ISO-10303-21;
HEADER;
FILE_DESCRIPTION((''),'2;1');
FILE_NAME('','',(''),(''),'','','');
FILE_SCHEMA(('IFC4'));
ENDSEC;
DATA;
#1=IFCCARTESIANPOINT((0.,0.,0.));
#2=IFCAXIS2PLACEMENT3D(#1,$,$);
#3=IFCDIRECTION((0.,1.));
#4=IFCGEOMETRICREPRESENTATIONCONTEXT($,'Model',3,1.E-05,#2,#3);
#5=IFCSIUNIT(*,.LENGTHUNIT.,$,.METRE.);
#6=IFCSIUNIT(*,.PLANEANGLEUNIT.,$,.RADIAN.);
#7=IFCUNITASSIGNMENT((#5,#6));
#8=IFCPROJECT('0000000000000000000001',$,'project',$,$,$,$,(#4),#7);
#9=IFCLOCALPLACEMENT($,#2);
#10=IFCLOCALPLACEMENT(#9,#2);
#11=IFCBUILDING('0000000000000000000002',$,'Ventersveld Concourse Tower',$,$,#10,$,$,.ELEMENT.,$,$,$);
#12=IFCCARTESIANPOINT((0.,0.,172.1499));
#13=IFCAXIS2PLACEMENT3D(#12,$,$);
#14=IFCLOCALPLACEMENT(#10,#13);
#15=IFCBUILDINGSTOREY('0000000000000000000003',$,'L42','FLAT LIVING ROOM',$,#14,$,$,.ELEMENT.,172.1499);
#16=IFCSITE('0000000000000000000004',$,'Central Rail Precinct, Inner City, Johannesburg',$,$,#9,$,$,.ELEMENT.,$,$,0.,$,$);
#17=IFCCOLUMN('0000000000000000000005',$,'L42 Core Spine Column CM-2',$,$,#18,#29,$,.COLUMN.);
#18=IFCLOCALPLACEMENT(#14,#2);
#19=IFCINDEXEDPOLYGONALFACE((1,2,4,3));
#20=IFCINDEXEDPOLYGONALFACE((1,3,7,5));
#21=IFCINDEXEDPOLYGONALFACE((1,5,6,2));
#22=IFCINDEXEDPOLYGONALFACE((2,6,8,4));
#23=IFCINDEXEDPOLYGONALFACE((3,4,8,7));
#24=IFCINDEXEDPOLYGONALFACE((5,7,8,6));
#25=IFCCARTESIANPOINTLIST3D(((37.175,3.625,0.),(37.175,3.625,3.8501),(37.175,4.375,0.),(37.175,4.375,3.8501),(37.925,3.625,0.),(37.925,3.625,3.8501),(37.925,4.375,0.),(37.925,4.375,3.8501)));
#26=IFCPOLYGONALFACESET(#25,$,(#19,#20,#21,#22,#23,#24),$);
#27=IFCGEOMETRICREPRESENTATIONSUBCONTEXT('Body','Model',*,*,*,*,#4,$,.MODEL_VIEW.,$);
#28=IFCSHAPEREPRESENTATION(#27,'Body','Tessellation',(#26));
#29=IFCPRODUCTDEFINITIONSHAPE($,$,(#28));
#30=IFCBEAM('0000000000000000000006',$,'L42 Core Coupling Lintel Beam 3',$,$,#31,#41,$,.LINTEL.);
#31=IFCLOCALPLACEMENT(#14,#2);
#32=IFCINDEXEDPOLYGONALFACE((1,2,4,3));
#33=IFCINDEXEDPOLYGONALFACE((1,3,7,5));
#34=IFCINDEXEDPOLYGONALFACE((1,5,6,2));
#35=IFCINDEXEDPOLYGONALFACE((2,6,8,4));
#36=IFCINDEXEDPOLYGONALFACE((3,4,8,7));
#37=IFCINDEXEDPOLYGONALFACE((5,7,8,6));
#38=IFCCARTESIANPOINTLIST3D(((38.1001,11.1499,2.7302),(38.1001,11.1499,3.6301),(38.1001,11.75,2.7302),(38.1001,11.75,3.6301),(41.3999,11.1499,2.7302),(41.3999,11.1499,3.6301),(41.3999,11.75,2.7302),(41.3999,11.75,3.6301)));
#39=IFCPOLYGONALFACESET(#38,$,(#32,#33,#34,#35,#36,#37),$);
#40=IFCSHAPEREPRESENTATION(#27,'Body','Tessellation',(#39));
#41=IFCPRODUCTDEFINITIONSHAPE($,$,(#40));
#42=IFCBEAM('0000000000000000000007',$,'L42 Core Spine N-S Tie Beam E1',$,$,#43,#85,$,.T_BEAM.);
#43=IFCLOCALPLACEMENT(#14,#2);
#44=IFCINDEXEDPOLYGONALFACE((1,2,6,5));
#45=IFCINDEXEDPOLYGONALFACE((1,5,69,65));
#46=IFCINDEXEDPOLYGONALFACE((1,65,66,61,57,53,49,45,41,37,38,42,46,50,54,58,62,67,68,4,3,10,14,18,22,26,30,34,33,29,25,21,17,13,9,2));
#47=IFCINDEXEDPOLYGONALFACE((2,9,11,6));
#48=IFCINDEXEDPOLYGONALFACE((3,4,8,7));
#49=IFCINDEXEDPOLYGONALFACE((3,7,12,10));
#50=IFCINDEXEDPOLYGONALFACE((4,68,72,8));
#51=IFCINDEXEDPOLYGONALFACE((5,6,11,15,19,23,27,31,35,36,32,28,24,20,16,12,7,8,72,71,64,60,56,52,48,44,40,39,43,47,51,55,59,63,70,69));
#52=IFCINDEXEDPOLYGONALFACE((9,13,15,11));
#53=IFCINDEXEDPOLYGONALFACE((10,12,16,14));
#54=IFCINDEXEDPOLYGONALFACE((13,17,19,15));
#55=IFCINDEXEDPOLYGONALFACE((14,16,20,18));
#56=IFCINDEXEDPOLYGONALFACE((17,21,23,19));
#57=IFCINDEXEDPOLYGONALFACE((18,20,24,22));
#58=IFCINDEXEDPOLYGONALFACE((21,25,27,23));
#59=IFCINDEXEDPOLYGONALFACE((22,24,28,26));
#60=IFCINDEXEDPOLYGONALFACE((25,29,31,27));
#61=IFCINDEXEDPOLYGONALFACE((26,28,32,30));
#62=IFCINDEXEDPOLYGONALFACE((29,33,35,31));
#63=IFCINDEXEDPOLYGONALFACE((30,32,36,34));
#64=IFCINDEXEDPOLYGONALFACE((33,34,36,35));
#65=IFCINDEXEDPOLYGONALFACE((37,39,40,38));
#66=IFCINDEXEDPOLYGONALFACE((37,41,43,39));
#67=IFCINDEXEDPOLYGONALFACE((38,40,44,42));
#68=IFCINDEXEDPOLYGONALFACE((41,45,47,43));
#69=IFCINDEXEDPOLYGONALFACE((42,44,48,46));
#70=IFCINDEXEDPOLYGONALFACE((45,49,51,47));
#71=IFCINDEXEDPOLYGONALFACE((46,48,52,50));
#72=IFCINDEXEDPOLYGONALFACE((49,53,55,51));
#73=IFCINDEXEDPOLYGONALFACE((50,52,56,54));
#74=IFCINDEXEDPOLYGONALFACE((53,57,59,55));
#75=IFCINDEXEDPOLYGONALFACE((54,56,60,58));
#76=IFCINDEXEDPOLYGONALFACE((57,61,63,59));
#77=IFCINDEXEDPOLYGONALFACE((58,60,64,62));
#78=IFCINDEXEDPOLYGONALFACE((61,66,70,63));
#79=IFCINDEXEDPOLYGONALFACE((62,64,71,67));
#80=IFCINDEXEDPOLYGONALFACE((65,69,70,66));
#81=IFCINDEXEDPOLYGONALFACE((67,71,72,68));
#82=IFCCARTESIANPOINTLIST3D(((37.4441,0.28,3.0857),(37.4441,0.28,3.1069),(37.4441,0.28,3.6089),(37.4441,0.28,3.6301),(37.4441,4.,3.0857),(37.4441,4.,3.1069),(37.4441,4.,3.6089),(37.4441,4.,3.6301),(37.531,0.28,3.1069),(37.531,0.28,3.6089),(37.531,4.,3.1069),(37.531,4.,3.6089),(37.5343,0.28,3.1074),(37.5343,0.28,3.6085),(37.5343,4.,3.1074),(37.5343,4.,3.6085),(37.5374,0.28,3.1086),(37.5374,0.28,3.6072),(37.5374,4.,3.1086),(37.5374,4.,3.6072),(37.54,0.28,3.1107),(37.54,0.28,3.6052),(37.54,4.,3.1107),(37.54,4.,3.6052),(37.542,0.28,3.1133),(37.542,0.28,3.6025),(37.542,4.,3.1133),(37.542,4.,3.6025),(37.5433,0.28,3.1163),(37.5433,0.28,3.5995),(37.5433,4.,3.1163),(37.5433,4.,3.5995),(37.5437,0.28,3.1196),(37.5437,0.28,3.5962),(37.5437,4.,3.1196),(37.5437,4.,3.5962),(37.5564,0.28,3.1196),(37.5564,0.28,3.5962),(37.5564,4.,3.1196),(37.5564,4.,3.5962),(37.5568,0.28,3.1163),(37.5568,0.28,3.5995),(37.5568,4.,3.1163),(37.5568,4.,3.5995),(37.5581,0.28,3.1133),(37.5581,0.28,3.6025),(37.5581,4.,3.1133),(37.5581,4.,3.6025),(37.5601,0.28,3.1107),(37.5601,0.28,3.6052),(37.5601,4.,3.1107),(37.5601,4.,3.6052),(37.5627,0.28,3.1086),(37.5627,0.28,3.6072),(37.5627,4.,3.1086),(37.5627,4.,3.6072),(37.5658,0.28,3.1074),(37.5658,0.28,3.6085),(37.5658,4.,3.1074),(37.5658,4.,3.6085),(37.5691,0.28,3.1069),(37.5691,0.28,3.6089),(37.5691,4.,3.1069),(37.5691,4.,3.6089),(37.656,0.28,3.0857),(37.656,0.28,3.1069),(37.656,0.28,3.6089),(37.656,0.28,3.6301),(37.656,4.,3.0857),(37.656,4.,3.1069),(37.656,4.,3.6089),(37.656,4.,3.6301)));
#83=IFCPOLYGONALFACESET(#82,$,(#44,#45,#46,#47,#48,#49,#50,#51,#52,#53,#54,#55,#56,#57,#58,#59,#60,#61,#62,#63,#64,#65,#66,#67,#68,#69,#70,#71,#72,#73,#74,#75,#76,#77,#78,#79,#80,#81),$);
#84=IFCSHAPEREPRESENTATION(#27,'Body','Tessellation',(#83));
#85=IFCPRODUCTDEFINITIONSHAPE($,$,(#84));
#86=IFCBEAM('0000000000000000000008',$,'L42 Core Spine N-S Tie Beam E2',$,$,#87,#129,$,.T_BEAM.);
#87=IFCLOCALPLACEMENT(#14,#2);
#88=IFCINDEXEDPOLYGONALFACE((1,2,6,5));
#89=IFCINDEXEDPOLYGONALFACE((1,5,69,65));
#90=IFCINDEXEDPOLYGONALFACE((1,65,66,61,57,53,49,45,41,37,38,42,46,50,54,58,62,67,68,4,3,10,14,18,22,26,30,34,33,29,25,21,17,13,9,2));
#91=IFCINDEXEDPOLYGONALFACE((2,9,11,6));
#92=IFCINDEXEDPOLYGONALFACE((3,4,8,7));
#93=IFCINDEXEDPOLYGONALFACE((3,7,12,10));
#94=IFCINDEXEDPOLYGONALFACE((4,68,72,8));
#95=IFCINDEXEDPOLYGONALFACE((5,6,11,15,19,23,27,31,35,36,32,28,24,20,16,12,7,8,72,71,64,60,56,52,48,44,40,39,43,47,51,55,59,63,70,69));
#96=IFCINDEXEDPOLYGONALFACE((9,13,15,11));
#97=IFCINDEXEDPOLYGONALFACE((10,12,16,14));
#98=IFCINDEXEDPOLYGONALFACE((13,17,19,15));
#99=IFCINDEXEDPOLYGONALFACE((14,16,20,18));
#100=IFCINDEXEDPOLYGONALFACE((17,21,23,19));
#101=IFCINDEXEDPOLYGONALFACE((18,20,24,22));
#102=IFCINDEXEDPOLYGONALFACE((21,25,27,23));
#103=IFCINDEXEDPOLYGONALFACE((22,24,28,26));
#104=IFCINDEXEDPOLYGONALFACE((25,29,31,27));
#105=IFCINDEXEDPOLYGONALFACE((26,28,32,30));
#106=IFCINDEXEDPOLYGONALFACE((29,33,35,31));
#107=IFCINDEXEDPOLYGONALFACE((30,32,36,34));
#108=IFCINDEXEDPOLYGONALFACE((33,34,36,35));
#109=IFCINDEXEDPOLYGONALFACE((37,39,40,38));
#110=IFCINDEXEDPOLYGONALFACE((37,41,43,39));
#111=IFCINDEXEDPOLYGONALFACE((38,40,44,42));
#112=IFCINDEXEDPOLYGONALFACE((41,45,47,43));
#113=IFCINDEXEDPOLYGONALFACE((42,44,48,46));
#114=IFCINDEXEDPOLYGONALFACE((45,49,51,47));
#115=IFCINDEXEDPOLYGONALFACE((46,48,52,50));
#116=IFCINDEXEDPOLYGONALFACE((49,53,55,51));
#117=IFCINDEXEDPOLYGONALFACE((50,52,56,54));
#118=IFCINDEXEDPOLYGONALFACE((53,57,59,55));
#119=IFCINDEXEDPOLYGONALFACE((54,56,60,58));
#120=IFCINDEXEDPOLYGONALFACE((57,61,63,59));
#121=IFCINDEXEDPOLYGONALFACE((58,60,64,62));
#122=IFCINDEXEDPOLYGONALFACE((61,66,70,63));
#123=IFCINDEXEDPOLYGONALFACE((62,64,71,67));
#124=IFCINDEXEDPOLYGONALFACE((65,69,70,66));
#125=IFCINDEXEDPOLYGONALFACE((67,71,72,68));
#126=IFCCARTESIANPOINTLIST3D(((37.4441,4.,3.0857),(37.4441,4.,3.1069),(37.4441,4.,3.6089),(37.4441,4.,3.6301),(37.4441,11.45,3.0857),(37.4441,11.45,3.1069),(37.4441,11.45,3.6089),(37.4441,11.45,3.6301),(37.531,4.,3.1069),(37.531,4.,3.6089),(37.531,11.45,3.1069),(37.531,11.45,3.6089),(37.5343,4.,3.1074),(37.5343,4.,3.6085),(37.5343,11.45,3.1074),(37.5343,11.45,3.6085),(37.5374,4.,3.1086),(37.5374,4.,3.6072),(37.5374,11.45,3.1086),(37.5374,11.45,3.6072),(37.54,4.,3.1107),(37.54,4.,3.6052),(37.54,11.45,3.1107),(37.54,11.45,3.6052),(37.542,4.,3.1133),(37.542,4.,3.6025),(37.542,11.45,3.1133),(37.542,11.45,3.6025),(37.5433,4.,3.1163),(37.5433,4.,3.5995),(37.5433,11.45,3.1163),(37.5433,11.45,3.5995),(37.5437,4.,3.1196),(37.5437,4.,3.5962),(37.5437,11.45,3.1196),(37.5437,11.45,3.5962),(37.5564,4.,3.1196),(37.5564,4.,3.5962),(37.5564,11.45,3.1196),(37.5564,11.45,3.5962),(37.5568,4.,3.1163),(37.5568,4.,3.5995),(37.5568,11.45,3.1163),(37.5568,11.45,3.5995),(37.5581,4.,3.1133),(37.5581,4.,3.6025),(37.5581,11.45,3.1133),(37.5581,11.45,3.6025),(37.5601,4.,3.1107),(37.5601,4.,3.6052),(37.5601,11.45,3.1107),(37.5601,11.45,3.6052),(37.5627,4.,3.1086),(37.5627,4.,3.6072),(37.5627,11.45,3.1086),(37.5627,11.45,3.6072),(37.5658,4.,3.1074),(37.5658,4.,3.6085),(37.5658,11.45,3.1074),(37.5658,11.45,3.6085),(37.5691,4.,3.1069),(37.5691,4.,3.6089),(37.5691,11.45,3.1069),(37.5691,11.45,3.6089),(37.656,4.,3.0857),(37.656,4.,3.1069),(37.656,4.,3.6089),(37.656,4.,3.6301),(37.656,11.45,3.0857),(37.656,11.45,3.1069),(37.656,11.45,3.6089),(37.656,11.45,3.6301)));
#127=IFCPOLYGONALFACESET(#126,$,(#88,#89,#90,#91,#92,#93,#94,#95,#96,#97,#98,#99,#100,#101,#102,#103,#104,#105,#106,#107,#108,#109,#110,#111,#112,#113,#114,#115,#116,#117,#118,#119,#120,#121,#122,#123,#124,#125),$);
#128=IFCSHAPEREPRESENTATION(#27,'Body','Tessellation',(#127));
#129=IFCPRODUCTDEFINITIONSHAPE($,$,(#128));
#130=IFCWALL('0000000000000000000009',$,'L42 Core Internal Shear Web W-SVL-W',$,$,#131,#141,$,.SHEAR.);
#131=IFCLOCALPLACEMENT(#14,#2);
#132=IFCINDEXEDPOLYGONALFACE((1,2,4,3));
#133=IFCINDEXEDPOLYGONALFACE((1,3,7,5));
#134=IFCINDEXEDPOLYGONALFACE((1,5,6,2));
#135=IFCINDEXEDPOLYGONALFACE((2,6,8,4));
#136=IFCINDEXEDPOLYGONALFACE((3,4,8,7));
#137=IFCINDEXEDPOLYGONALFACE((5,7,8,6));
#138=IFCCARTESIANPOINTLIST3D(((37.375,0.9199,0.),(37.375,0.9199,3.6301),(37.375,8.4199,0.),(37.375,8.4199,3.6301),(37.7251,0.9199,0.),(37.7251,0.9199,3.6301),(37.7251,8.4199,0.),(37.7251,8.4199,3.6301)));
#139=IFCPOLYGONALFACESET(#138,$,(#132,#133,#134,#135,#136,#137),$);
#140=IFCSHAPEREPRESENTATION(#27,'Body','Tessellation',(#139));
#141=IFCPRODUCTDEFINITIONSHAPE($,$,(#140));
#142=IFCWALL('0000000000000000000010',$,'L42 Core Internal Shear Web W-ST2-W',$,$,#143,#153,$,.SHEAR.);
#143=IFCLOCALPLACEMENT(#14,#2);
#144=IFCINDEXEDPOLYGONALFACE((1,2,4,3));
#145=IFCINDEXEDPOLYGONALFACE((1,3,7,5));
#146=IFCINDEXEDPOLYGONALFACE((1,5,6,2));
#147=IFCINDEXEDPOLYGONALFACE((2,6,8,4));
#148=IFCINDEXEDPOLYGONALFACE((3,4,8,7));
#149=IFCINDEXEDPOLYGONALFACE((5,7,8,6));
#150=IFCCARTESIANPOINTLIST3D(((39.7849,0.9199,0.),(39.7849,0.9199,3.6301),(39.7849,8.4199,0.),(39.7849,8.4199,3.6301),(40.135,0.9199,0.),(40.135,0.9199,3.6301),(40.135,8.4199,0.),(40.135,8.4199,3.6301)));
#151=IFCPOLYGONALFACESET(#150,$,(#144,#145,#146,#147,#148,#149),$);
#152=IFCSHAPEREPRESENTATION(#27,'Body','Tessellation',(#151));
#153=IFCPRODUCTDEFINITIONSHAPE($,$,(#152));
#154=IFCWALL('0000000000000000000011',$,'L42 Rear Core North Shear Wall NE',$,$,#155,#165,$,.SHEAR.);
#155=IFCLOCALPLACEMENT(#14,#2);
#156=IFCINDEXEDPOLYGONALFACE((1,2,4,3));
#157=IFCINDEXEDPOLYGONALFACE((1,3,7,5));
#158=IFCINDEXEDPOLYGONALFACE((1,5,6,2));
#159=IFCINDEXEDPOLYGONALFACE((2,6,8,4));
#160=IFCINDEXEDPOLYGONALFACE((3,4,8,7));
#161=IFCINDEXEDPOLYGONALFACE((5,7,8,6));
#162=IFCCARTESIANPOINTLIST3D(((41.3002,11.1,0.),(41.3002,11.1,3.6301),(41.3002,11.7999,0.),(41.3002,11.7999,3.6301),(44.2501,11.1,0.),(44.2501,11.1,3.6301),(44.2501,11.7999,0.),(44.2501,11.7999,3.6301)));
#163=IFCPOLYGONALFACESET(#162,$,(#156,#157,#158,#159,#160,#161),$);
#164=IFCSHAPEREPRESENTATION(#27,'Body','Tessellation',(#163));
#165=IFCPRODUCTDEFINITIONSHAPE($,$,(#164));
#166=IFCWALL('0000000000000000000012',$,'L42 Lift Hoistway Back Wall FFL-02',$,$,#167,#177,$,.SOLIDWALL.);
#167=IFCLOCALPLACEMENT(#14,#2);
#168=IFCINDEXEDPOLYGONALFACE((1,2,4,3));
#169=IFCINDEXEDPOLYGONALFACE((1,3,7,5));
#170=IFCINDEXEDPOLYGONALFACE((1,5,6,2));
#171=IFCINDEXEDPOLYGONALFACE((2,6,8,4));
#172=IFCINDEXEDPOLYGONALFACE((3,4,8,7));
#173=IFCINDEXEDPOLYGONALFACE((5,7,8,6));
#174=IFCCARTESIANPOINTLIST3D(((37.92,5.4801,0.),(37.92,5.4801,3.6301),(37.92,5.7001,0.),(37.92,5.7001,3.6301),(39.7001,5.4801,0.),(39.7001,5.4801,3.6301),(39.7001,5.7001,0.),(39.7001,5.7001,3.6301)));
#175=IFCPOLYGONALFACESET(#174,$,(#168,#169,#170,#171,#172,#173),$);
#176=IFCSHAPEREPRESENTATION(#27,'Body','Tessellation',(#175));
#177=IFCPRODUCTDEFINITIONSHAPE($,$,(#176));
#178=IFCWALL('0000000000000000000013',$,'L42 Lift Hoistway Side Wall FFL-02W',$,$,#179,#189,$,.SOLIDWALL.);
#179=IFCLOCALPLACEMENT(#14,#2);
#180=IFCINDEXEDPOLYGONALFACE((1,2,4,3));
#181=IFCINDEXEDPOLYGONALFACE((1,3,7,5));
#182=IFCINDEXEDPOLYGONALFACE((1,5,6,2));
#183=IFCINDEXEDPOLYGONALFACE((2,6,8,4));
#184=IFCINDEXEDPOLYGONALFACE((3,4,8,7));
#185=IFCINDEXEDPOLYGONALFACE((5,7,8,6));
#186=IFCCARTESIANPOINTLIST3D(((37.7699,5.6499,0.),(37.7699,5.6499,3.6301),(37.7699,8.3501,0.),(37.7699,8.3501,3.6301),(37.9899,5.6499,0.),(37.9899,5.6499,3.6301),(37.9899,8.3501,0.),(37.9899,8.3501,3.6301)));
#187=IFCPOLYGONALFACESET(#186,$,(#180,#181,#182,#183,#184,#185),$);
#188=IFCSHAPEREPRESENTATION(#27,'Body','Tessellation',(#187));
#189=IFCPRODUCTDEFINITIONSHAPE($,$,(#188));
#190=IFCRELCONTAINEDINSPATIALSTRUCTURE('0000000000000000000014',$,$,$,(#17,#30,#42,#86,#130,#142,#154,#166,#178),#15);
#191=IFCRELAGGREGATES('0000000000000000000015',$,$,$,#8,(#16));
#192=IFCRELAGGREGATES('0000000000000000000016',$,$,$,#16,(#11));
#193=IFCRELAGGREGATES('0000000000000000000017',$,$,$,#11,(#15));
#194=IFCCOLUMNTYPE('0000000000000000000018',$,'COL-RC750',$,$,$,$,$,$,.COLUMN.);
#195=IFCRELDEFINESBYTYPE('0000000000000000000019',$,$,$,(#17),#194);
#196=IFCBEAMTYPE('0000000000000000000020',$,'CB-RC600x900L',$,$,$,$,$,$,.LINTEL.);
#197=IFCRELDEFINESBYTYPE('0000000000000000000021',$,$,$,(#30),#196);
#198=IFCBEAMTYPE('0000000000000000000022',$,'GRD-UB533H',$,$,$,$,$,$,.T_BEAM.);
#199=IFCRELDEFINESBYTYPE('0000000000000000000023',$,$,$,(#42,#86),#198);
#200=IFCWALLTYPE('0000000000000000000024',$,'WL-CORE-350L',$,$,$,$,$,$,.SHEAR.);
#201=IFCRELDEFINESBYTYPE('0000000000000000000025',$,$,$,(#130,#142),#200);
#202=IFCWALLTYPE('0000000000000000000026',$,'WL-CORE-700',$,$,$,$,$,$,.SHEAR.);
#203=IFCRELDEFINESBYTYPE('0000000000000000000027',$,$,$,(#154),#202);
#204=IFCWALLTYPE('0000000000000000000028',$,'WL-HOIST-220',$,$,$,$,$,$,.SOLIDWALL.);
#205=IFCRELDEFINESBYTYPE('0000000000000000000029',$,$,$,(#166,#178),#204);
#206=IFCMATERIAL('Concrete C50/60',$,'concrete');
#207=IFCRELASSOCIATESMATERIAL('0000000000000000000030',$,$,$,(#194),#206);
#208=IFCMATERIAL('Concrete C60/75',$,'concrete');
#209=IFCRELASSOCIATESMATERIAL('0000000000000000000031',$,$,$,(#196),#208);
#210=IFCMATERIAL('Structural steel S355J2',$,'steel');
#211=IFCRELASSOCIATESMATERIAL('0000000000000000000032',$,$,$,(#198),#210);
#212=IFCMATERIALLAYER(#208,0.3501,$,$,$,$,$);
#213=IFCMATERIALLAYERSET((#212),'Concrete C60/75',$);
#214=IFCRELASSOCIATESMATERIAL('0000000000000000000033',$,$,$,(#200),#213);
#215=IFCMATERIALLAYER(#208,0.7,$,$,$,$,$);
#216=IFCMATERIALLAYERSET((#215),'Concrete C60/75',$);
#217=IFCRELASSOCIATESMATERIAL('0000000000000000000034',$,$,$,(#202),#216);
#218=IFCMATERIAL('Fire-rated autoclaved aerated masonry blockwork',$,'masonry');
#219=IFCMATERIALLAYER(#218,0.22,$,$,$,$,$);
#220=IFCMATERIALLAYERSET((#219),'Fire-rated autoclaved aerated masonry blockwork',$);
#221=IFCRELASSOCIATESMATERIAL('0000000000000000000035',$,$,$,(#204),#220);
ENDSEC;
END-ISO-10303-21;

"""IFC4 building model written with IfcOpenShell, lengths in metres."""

from ifc_helpers import new_model, si_unit, direction, frame, frame_2d, origin, origin_2d, place, context, subcontext, project, spatial, rectangle, i_section, extrude, material, layer, layer_set, material_profile, profile_set, type_object, element, save


model = new_model("IFC4")

# Units and contexts
model_context = context("Model", 3, precision=1e-05, world=origin(), true_north=direction((0.0, 1.0)))
body_context = subcontext(model_context, "Body", "Model", "MODEL_VIEW")
ifc_project = project(units=[si_unit("LENGTHUNIT", "METRE"), si_unit("PLANEANGLEUNIT", "RADIAN")], contexts=[model_context])

# Site, building, storey
site_placement = place(None, origin())
site = spatial("IfcSite", under=ifc_project, at=site_placement, Name="Central Rail Precinct, Inner City, Johannesburg", CompositionType="ELEMENT", RefElevation=0.0)
building_placement = place(site_placement, origin())
building = spatial("IfcBuilding", under=site, at=building_placement, Name="Ventersveld Concourse Tower", CompositionType="ELEMENT")
storey_placement = place(building_placement, frame((0.0, 0.0, 172.1499)))
storey = spatial("IfcBuildingStorey", under=building, at=storey_placement, Name="L42", Description="FLAT LIVING ROOM", CompositionType="ELEMENT", Elevation=172.1499)

# Column
ifc_material_1 = material(Name="Concrete C50/60", Category="concrete")
ifc_material_profile_1 = material_profile(ifc_material_1, rectangle(XDim=0.75, YDim=0.75, at=origin_2d()), Name="RC 750x750")
ifc_profile_set_1 = profile_set([ifc_material_profile_1], Name="Concrete C50/60")
column_type = type_object("IfcColumnType", Name="COL-RC750", PredefinedType="COLUMN", material=ifc_profile_set_1)
column_placement = place(storey_placement, frame((37.55, 4.0, 0.0), z_axis=(0.0, 0.0, 1.0), x_axis=(1.0, 0.0, 0.0)))
element("IfcColumn", 1, at=column_placement, inside=storey, type_object=column_type, Name="L42 Core Spine Column CM-2", PredefinedType="COLUMN", context=body_context, shape_type="SweptSolid", body=[
    extrude(rectangle(XDim=0.75, YDim=0.75, at=origin_2d()), origin(), (0.0, 0.0, 1.0), 3.8501),
])

# Beams
ifc_material_2 = material(Name="Concrete C60/75", Category="concrete")
ifc_material_profile_2 = material_profile(ifc_material_2, rectangle(XDim=0.6001, YDim=0.8999, at=origin_2d()), Name="RC 600x900")
ifc_profile_set_2 = profile_set([ifc_material_profile_2], Name="Concrete C60/75")
beam_type_1 = type_object("IfcBeamType", Name="CB-RC600x900L", PredefinedType="LINTEL", material=ifc_profile_set_2)
beam_1_placement = place(storey_placement, frame((38.1001, 11.45, 3.1802), z_axis=(1.0, 0.0, 0.0), x_axis=(0.0, 1.0, 0.0)))
element("IfcBeam", 2, at=beam_1_placement, inside=storey, type_object=beam_type_1, Name="L42 Core Coupling Lintel Beam 3", PredefinedType="LINTEL", context=body_context, shape_type="SweptSolid", body=[
    extrude(rectangle(XDim=0.6001, YDim=0.8999, at=origin_2d()), origin(), (0.0, 0.0, 1.0), 3.2998),
])
ifc_material_3 = material(Name="Structural steel S355J2", Category="steel")
ifc_material_profile_3 = material_profile(ifc_material_3, i_section(OverallWidth=0.2119, OverallDepth=0.5444, WebThickness=0.0127, FlangeThickness=0.0212, FilletRadius=0.0127, at=origin_2d()), Name="UB 533x210x122")
ifc_profile_set_3 = profile_set([ifc_material_profile_3], Name="Structural steel S355J2")
beam_type_2 = type_object("IfcBeamType", Name="GRD-UB533H", PredefinedType="T_BEAM", material=ifc_profile_set_3)
beam_2_placement = place(storey_placement, frame((37.55, 0.28, 3.3579), z_axis=(0.0, 1.0, 0.0), x_axis=(-1.0, 0.0, 0.0)))
element("IfcBeam", 3, at=beam_2_placement, inside=storey, type_object=beam_type_2, Name="L42 Core Spine N-S Tie Beam E1", PredefinedType="T_BEAM", context=body_context, shape_type="SweptSolid", body=[
    extrude(i_section(OverallWidth=0.2119, OverallDepth=0.5444, WebThickness=0.0127, FlangeThickness=0.0212, FilletRadius=0.0127, at=origin_2d()), origin(), (0.0, 0.0, 1.0), 3.72),
])
beam_3_placement = place(storey_placement, frame((37.55, 4.0, 3.3579), z_axis=(0.0, 1.0, 0.0), x_axis=(-1.0, 0.0, 0.0)))
element("IfcBeam", 4, at=beam_3_placement, inside=storey, type_object=beam_type_2, Name="L42 Core Spine N-S Tie Beam E2", PredefinedType="T_BEAM", context=body_context, shape_type="SweptSolid", body=[
    extrude(i_section(OverallWidth=0.2119, OverallDepth=0.5444, WebThickness=0.0127, FlangeThickness=0.0212, FilletRadius=0.0127, at=origin_2d()), origin(), (0.0, 0.0, 1.0), 7.45),
])

# Walls
ifc_layer_1 = layer(ifc_material_2, 0.3501)
ifc_layer_set_1 = layer_set([ifc_layer_1], Name="Concrete C60/75")
wall_type_1 = type_object("IfcWallType", Name="WL-CORE-350L", PredefinedType="SHEAR", material=ifc_layer_set_1)
for number, where, z_axis, x_axis, name in (
    (5, (37.55, 0.9199, 0.0), (0.0, 0.0, 1.0), (0.0, 1.0, 0.0), "L42 Core Internal Shear Web W-SVL-W"),
    (6, (39.96, 0.9199, 0.0), (0.0, 0.0, 1.0), (0.0, 1.0, 0.0), "L42 Core Internal Shear Web W-ST2-W"),
):
    element("IfcWall", number, at=place(storey_placement, frame(where, z_axis=z_axis, x_axis=x_axis)), inside=storey, type_object=wall_type_1, Name=name, PredefinedType="SHEAR", context=body_context, shape_type="SweptSolid", body=[
        extrude(rectangle(XDim=7.5, YDim=0.3501, at=frame_2d((3.75, 0.0))), origin(), (0.0, 0.0, 1.0), 3.6301),
    ])
ifc_layer_2 = layer(ifc_material_2, 0.7)
ifc_layer_set_2 = layer_set([ifc_layer_2], Name="Concrete C60/75")
wall_type_2 = type_object("IfcWallType", Name="WL-CORE-700", PredefinedType="SHEAR", material=ifc_layer_set_2)
wall_1_placement = place(storey_placement, frame((41.3, 11.45, 0.0), z_axis=(0.0, 0.0, 1.0), x_axis=(1.0, 0.0, 0.0)))
element("IfcWall", 7, at=wall_1_placement, inside=storey, type_object=wall_type_2, Name="L42 Rear Core North Shear Wall NE", PredefinedType="SHEAR", context=body_context, shape_type="SweptSolid", body=[
    extrude(rectangle(XDim=2.95, YDim=0.7, at=frame_2d((1.4751, 0.0))), origin(), (0.0, 0.0, 1.0), 3.6301),
])
ifc_material_4 = material(Name="Fire-rated autoclaved aerated masonry blockwork", Category="masonry")
ifc_layer_3 = layer(ifc_material_4, 0.22)
ifc_layer_set_3 = layer_set([ifc_layer_3], Name="Fire-rated autoclaved aerated masonry blockwork")
wall_type_3 = type_object("IfcWallType", Name="WL-HOIST-220", PredefinedType="SOLIDWALL", material=ifc_layer_set_3)
wall_2_placement = place(storey_placement, frame((37.9199, 5.5901, 0.0), z_axis=(0.0, 0.0, 1.0), x_axis=(1.0, 0.0, 0.0)))
element("IfcWall", 8, at=wall_2_placement, inside=storey, type_object=wall_type_3, Name="L42 Lift Hoistway Back Wall FFL-02", PredefinedType="SOLIDWALL", context=body_context, shape_type="SweptSolid", body=[
    extrude(rectangle(XDim=1.78, YDim=0.22, at=frame_2d((0.8901, 0.0))), origin(), (0.0, 0.0, 1.0), 3.6301),
])
wall_3_placement = place(storey_placement, frame((37.8799, 5.6499, 0.0), z_axis=(0.0, 0.0, 1.0), x_axis=(0.0, 1.0, 0.0)))
element("IfcWall", 9, at=wall_3_placement, inside=storey, type_object=wall_type_3, Name="L42 Lift Hoistway Side Wall FFL-02W", PredefinedType="SOLIDWALL", context=body_context, shape_type="SweptSolid", body=[
    extrude(rectangle(XDim=2.7002, YDim=0.22, at=frame_2d((1.3501, 0.0))), origin(), (0.0, 0.0, 1.0), 3.6301),
])

save(model, "model.ifc")
